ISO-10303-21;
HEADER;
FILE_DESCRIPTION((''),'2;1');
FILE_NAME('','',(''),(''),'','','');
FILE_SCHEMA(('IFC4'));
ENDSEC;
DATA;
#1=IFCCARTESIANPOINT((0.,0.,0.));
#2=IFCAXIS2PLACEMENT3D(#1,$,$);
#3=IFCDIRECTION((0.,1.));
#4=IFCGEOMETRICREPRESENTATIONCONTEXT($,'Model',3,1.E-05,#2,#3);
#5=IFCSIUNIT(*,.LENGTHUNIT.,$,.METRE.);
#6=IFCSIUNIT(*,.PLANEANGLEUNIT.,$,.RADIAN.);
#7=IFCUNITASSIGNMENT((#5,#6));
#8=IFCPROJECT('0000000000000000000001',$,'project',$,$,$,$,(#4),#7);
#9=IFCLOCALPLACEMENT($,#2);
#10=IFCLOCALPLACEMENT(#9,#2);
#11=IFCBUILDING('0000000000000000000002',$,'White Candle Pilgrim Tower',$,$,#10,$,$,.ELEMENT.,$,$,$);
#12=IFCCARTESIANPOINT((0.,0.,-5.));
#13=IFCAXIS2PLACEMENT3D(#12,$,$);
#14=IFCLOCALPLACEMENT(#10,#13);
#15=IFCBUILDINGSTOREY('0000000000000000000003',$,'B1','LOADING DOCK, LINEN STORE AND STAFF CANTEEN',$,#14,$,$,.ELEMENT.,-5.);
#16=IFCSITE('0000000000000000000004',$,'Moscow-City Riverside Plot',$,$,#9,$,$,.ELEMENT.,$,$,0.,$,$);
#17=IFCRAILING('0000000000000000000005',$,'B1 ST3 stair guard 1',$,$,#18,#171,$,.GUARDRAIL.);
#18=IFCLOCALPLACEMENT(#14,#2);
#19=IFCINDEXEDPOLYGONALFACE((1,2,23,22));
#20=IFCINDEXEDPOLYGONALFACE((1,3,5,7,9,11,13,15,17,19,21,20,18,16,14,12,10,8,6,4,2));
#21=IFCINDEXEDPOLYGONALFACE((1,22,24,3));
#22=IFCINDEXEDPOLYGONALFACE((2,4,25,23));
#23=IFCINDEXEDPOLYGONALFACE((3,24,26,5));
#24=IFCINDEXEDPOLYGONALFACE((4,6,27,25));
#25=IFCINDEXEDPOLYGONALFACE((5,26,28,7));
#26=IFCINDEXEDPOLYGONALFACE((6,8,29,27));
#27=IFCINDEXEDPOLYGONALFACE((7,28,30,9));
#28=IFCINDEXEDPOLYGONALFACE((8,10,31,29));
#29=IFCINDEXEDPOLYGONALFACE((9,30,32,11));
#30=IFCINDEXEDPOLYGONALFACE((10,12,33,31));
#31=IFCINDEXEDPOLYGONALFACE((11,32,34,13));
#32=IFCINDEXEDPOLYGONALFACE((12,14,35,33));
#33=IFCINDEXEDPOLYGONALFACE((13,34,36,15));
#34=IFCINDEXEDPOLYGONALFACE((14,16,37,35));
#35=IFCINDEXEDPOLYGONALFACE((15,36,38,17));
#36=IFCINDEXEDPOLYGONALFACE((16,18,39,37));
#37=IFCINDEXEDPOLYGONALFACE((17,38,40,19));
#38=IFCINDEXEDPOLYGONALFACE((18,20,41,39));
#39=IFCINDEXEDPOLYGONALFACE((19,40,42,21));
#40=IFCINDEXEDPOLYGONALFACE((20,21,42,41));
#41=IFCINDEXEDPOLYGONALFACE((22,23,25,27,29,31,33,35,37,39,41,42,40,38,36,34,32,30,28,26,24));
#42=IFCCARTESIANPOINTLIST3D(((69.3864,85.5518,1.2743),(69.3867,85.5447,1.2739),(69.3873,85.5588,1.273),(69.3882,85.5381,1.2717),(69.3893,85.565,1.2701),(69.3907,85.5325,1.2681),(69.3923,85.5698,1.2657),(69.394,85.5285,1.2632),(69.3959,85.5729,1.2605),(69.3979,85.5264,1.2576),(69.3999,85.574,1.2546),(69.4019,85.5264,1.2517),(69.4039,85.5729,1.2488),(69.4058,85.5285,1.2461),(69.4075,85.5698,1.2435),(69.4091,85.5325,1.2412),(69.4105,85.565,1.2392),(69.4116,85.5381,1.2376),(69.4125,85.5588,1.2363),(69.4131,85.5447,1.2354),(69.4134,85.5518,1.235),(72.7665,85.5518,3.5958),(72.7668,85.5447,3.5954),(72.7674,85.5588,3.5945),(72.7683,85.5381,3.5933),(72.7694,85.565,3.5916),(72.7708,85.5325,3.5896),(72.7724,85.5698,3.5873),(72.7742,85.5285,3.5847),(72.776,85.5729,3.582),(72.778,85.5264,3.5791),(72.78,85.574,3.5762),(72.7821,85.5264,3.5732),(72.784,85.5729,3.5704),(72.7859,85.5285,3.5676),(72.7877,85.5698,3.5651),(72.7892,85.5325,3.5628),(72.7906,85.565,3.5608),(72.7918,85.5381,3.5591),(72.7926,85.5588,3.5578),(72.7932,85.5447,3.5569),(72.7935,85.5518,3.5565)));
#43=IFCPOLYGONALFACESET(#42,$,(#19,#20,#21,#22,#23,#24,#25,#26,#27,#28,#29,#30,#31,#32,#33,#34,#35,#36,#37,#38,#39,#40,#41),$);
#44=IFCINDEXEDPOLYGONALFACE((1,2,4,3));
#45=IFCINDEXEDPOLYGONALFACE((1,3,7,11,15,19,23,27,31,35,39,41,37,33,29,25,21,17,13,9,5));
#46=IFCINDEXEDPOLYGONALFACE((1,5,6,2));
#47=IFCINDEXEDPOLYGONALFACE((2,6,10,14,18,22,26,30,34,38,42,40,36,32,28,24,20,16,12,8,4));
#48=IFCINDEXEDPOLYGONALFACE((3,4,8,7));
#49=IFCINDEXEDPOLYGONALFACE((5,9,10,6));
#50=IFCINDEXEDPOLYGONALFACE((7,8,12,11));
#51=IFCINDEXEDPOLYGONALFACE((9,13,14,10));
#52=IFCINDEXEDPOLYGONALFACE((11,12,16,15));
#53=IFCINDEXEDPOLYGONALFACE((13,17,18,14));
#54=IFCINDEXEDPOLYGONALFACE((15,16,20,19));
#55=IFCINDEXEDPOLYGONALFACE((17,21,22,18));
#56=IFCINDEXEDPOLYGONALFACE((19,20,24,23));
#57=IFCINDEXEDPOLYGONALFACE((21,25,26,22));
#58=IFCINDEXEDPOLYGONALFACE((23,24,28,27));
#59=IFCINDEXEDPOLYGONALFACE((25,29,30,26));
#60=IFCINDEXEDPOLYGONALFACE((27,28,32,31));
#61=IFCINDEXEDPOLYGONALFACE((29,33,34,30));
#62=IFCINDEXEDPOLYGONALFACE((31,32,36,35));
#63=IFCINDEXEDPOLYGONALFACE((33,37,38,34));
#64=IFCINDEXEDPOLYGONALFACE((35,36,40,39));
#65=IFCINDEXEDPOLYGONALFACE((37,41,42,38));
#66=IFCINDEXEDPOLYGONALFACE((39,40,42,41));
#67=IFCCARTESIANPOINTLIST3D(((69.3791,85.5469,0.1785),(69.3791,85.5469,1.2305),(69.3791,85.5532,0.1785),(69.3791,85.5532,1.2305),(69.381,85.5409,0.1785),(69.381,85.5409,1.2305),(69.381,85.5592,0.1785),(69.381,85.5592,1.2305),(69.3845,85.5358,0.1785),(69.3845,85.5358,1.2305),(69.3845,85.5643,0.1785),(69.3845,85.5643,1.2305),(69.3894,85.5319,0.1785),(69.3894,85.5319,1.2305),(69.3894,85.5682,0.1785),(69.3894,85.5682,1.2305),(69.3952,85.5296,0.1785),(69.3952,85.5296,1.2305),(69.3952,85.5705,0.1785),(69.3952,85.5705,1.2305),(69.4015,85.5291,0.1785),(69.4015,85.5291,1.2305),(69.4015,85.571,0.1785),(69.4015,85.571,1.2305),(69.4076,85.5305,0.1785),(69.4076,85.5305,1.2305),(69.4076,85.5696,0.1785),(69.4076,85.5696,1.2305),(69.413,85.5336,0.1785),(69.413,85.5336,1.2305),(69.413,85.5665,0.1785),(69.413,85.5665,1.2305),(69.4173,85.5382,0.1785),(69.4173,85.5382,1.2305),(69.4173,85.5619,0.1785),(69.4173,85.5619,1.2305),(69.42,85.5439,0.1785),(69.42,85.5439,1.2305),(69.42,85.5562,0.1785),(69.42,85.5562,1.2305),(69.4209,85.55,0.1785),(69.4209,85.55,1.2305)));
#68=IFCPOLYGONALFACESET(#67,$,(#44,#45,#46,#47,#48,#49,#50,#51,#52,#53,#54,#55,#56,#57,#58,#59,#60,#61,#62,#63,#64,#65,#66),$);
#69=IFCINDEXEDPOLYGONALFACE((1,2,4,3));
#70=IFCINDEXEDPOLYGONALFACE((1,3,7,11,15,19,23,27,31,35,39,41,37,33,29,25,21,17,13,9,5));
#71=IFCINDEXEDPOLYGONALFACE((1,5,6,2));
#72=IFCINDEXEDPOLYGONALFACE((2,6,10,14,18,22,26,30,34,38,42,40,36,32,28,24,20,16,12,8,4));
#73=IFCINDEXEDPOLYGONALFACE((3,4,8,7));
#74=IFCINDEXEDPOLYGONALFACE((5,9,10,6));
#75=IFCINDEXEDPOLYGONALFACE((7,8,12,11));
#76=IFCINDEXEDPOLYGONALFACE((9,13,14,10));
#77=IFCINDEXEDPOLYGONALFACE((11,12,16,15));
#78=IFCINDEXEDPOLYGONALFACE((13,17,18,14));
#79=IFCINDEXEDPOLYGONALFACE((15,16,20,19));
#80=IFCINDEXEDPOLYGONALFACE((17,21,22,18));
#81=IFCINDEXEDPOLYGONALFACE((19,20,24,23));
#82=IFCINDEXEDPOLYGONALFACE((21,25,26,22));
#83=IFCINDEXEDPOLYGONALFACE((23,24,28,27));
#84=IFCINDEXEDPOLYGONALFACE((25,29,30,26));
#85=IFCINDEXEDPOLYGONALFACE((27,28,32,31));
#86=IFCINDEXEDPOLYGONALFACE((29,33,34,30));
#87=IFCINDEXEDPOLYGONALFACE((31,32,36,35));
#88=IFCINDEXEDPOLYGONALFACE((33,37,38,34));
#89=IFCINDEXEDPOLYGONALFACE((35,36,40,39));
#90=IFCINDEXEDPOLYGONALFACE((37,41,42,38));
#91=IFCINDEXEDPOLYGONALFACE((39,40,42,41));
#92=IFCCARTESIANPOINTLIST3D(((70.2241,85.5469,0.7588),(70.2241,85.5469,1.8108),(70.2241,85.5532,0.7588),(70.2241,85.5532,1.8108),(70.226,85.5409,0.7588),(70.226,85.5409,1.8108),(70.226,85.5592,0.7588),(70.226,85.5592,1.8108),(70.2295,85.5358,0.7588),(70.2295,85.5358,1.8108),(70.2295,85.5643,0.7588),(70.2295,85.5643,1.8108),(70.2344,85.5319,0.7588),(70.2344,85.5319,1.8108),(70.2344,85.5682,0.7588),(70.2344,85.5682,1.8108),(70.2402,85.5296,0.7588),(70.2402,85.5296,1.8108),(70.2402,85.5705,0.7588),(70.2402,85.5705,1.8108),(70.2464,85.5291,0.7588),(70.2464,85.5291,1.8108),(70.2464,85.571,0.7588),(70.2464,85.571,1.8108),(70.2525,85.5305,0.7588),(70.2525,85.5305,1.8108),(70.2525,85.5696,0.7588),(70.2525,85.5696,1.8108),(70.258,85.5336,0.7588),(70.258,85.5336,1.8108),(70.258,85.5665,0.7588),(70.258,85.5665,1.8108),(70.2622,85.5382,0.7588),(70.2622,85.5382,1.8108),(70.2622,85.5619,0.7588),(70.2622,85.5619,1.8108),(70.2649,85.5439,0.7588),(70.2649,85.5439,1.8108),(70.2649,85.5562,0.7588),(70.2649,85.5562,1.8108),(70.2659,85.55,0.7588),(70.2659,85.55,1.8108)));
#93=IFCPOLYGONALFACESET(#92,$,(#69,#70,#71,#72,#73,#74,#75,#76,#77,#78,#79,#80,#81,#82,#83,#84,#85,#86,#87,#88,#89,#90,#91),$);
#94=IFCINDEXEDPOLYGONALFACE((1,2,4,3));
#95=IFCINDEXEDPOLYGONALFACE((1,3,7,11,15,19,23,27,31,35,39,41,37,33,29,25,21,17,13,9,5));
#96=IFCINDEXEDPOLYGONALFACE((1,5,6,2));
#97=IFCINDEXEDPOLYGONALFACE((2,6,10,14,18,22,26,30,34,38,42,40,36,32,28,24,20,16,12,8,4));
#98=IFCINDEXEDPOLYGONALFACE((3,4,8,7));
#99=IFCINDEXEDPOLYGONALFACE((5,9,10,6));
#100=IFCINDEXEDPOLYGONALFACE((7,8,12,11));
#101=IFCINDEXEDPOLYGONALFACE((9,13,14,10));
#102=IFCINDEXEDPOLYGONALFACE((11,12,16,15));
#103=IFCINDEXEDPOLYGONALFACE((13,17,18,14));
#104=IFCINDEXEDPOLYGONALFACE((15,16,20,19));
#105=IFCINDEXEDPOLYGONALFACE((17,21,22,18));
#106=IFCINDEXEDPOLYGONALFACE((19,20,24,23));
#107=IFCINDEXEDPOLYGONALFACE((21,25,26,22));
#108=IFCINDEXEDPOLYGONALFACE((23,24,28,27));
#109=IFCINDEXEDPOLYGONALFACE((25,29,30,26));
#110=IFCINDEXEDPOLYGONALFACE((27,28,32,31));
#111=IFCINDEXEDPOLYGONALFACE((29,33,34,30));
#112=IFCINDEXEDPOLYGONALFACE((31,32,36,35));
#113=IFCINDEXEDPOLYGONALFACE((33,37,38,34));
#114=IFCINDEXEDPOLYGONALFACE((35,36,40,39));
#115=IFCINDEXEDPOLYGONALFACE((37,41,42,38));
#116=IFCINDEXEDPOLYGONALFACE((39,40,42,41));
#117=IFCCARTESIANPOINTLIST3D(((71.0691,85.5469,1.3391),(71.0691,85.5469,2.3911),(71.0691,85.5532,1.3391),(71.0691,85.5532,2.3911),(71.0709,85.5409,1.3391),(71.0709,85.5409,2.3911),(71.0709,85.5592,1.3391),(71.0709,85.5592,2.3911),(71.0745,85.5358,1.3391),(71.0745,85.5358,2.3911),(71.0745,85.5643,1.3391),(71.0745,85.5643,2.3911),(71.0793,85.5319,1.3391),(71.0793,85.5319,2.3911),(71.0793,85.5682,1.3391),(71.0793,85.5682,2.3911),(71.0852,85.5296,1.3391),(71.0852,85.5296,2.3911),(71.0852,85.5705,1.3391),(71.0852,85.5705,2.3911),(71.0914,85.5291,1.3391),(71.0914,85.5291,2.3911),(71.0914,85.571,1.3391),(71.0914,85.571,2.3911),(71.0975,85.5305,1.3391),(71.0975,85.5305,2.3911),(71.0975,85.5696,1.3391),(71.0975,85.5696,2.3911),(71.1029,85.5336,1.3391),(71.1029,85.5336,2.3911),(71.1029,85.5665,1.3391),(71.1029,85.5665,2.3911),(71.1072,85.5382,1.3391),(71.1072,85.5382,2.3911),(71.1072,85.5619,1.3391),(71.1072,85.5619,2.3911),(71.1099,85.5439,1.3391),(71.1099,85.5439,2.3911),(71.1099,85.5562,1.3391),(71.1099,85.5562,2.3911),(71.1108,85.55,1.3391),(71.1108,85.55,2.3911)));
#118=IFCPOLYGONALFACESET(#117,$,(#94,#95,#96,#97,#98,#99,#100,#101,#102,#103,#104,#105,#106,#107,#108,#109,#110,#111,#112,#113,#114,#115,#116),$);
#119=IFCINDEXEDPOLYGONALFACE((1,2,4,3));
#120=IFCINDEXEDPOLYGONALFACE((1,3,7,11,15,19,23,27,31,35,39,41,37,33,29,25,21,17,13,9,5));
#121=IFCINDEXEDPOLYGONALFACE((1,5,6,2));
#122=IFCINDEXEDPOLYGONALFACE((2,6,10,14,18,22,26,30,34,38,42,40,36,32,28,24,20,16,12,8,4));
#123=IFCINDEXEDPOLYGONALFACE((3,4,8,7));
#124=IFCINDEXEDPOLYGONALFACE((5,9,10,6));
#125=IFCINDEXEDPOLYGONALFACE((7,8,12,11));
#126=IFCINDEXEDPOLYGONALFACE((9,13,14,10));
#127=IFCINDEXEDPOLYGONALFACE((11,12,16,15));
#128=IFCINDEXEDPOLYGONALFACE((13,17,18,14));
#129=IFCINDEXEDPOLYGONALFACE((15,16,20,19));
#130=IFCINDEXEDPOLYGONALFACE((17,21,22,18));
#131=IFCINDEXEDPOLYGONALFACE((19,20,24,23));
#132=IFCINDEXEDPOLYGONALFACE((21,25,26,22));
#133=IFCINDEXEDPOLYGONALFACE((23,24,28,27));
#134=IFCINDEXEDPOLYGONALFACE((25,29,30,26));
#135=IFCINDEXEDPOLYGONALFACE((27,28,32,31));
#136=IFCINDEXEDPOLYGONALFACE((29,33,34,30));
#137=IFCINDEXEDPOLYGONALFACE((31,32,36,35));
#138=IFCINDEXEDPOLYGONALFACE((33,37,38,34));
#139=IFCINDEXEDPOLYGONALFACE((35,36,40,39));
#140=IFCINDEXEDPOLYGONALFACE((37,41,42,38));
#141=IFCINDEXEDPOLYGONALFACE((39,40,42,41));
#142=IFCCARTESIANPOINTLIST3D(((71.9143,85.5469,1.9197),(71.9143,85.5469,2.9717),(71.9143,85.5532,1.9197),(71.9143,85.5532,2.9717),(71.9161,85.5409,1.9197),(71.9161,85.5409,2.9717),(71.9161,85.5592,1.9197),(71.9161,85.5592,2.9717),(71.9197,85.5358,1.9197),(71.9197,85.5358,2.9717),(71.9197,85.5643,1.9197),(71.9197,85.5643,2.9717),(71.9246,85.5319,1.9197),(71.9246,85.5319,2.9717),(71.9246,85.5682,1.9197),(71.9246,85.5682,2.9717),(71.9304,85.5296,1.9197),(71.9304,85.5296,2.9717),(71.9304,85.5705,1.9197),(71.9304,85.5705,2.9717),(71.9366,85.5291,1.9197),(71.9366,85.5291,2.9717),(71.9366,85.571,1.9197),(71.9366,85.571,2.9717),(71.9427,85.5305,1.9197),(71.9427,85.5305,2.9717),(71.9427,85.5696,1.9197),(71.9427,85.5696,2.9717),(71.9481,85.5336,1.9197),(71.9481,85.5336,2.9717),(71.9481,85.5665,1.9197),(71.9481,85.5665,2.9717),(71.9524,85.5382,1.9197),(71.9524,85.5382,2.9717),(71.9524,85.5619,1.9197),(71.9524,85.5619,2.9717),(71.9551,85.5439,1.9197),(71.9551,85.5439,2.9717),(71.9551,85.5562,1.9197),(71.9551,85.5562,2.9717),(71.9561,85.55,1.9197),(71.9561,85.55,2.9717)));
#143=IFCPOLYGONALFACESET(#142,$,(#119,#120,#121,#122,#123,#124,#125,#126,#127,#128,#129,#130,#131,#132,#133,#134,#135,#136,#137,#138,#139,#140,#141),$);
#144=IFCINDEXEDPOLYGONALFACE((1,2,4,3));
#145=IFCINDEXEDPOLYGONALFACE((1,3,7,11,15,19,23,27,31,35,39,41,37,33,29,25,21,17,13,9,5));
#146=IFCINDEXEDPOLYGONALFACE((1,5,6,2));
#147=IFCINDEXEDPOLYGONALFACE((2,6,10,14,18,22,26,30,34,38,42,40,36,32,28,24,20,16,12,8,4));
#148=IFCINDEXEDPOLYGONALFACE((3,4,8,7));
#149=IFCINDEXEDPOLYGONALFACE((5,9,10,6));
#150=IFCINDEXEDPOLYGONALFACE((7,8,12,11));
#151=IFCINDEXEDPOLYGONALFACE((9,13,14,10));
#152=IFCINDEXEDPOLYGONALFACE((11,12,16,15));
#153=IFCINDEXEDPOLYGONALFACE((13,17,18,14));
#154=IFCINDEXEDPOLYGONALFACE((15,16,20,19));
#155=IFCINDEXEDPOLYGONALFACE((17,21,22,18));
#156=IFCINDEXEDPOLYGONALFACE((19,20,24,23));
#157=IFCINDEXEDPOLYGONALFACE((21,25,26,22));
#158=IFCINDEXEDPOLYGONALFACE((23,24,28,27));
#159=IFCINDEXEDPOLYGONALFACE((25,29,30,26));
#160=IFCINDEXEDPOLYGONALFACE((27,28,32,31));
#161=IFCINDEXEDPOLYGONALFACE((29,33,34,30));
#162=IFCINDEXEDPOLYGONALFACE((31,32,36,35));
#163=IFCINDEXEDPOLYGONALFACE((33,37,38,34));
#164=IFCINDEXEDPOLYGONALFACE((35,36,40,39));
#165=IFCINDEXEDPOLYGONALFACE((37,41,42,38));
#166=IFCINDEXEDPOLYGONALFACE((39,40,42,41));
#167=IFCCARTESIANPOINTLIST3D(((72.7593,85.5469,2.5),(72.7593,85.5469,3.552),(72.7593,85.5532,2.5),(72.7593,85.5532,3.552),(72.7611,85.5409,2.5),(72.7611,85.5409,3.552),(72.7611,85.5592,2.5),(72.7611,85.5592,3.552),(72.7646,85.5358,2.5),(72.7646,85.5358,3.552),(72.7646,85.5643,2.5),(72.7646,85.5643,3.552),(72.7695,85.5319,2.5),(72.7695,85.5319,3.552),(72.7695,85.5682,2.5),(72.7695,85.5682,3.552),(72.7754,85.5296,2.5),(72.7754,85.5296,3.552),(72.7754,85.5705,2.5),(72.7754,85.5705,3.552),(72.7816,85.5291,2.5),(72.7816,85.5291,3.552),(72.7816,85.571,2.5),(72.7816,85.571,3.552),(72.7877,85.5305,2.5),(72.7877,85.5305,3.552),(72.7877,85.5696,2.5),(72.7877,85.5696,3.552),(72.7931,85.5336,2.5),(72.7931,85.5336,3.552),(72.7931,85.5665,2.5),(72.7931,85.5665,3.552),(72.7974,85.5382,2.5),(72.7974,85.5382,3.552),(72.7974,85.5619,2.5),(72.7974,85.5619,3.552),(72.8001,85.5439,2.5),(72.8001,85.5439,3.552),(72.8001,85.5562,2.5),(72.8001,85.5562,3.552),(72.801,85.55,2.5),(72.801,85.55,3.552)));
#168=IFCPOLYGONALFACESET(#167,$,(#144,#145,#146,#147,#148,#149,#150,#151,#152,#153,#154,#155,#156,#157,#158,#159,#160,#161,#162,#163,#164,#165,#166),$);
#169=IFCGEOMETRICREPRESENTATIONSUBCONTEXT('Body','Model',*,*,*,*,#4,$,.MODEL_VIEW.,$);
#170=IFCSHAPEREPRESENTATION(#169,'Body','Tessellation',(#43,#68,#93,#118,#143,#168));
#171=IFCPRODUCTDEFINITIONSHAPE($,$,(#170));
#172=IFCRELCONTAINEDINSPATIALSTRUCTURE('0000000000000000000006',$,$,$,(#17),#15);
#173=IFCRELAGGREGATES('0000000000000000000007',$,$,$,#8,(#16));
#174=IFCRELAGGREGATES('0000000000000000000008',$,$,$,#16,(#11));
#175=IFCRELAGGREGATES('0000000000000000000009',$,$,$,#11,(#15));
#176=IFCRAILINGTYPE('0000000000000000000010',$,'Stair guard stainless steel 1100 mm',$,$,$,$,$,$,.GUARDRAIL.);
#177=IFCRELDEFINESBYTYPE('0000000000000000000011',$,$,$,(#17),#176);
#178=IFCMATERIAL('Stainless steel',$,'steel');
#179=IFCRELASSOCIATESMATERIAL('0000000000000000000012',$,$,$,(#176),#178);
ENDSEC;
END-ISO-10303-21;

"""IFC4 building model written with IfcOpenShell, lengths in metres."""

from ifc_helpers import new_model, si_unit, direction, frame, origin, origin_2d, place, context, subcontext, project, spatial, circle, extrude, material, type_object, element, save


model = new_model("IFC4")

# Units and contexts
model_context = context("Model", 3, precision=1e-05, world=origin(), true_north=direction((0.0, 1.0)))
body_context = subcontext(model_context, "Body", "Model", "MODEL_VIEW")
ifc_project = project(units=[si_unit("LENGTHUNIT", "METRE"), si_unit("PLANEANGLEUNIT", "RADIAN")], contexts=[model_context])

# Site, building, storey
site_placement = place(None, origin())
site = spatial("IfcSite", under=ifc_project, at=site_placement, Name="Moscow-City Riverside Plot", CompositionType="ELEMENT", RefElevation=0.0)
building_placement = place(site_placement, origin())
building = spatial("IfcBuilding", under=site, at=building_placement, Name="White Candle Pilgrim Tower", CompositionType="ELEMENT")
storey_placement = place(building_placement, frame((0.0, 0.0, -5.0)))
storey = spatial("IfcBuildingStorey", under=building, at=storey_placement, Name="B1", Description="LOADING DOCK, LINEN STORE AND STAFF CANTEEN", CompositionType="ELEMENT", Elevation=-5.0)

# Railing
ifc_material_1 = material(Name="Stainless steel", Category="steel")
railing_type_1 = type_object("IfcRailingType", Name="Stair guard stainless steel 1100 mm", PredefinedType="GUARDRAIL", material=ifc_material_1)
railing_1_placement = place(storey_placement, frame((69.3999, 85.55, 0.1785)))
element("IfcRailing", 1, at=railing_1_placement, inside=storey, type_object=railing_type_1, Name="B1 ST3 stair guard 1", PredefinedType="GUARDRAIL", context=body_context, shape_type="SweptSolid", body=[
    extrude(circle(Radius=0.0239, at=origin_2d()), frame((0.0, 0.0, 1.0762), z_axis=(0.824304, 0.0, 0.566147), x_axis=(0.0, 1.0, 0.0)), (0.0, 0.0, 1.0), 4.1006),
    extrude(circle(Radius=0.021, at=origin_2d()), origin(), (0.0, 0.0, 1.0), 1.052),
    extrude(circle(Radius=0.021, at=origin_2d()), frame((0.845, 0.0, 0.5803)), (0.0, 0.0, 1.0), 1.052),
    extrude(circle(Radius=0.021, at=origin_2d()), frame((1.6899, 0.0, 1.1606)), (0.0, 0.0, 1.0), 1.052),
    extrude(circle(Radius=0.021, at=origin_2d()), frame((2.5352, 0.0, 1.7412)), (0.0, 0.0, 1.0), 1.052),
    extrude(circle(Radius=0.021, at=origin_2d()), frame((3.3801, 0.0, 2.3215)), (0.0, 0.0, 1.0), 1.052),
])

save(model, "model.ifc")
